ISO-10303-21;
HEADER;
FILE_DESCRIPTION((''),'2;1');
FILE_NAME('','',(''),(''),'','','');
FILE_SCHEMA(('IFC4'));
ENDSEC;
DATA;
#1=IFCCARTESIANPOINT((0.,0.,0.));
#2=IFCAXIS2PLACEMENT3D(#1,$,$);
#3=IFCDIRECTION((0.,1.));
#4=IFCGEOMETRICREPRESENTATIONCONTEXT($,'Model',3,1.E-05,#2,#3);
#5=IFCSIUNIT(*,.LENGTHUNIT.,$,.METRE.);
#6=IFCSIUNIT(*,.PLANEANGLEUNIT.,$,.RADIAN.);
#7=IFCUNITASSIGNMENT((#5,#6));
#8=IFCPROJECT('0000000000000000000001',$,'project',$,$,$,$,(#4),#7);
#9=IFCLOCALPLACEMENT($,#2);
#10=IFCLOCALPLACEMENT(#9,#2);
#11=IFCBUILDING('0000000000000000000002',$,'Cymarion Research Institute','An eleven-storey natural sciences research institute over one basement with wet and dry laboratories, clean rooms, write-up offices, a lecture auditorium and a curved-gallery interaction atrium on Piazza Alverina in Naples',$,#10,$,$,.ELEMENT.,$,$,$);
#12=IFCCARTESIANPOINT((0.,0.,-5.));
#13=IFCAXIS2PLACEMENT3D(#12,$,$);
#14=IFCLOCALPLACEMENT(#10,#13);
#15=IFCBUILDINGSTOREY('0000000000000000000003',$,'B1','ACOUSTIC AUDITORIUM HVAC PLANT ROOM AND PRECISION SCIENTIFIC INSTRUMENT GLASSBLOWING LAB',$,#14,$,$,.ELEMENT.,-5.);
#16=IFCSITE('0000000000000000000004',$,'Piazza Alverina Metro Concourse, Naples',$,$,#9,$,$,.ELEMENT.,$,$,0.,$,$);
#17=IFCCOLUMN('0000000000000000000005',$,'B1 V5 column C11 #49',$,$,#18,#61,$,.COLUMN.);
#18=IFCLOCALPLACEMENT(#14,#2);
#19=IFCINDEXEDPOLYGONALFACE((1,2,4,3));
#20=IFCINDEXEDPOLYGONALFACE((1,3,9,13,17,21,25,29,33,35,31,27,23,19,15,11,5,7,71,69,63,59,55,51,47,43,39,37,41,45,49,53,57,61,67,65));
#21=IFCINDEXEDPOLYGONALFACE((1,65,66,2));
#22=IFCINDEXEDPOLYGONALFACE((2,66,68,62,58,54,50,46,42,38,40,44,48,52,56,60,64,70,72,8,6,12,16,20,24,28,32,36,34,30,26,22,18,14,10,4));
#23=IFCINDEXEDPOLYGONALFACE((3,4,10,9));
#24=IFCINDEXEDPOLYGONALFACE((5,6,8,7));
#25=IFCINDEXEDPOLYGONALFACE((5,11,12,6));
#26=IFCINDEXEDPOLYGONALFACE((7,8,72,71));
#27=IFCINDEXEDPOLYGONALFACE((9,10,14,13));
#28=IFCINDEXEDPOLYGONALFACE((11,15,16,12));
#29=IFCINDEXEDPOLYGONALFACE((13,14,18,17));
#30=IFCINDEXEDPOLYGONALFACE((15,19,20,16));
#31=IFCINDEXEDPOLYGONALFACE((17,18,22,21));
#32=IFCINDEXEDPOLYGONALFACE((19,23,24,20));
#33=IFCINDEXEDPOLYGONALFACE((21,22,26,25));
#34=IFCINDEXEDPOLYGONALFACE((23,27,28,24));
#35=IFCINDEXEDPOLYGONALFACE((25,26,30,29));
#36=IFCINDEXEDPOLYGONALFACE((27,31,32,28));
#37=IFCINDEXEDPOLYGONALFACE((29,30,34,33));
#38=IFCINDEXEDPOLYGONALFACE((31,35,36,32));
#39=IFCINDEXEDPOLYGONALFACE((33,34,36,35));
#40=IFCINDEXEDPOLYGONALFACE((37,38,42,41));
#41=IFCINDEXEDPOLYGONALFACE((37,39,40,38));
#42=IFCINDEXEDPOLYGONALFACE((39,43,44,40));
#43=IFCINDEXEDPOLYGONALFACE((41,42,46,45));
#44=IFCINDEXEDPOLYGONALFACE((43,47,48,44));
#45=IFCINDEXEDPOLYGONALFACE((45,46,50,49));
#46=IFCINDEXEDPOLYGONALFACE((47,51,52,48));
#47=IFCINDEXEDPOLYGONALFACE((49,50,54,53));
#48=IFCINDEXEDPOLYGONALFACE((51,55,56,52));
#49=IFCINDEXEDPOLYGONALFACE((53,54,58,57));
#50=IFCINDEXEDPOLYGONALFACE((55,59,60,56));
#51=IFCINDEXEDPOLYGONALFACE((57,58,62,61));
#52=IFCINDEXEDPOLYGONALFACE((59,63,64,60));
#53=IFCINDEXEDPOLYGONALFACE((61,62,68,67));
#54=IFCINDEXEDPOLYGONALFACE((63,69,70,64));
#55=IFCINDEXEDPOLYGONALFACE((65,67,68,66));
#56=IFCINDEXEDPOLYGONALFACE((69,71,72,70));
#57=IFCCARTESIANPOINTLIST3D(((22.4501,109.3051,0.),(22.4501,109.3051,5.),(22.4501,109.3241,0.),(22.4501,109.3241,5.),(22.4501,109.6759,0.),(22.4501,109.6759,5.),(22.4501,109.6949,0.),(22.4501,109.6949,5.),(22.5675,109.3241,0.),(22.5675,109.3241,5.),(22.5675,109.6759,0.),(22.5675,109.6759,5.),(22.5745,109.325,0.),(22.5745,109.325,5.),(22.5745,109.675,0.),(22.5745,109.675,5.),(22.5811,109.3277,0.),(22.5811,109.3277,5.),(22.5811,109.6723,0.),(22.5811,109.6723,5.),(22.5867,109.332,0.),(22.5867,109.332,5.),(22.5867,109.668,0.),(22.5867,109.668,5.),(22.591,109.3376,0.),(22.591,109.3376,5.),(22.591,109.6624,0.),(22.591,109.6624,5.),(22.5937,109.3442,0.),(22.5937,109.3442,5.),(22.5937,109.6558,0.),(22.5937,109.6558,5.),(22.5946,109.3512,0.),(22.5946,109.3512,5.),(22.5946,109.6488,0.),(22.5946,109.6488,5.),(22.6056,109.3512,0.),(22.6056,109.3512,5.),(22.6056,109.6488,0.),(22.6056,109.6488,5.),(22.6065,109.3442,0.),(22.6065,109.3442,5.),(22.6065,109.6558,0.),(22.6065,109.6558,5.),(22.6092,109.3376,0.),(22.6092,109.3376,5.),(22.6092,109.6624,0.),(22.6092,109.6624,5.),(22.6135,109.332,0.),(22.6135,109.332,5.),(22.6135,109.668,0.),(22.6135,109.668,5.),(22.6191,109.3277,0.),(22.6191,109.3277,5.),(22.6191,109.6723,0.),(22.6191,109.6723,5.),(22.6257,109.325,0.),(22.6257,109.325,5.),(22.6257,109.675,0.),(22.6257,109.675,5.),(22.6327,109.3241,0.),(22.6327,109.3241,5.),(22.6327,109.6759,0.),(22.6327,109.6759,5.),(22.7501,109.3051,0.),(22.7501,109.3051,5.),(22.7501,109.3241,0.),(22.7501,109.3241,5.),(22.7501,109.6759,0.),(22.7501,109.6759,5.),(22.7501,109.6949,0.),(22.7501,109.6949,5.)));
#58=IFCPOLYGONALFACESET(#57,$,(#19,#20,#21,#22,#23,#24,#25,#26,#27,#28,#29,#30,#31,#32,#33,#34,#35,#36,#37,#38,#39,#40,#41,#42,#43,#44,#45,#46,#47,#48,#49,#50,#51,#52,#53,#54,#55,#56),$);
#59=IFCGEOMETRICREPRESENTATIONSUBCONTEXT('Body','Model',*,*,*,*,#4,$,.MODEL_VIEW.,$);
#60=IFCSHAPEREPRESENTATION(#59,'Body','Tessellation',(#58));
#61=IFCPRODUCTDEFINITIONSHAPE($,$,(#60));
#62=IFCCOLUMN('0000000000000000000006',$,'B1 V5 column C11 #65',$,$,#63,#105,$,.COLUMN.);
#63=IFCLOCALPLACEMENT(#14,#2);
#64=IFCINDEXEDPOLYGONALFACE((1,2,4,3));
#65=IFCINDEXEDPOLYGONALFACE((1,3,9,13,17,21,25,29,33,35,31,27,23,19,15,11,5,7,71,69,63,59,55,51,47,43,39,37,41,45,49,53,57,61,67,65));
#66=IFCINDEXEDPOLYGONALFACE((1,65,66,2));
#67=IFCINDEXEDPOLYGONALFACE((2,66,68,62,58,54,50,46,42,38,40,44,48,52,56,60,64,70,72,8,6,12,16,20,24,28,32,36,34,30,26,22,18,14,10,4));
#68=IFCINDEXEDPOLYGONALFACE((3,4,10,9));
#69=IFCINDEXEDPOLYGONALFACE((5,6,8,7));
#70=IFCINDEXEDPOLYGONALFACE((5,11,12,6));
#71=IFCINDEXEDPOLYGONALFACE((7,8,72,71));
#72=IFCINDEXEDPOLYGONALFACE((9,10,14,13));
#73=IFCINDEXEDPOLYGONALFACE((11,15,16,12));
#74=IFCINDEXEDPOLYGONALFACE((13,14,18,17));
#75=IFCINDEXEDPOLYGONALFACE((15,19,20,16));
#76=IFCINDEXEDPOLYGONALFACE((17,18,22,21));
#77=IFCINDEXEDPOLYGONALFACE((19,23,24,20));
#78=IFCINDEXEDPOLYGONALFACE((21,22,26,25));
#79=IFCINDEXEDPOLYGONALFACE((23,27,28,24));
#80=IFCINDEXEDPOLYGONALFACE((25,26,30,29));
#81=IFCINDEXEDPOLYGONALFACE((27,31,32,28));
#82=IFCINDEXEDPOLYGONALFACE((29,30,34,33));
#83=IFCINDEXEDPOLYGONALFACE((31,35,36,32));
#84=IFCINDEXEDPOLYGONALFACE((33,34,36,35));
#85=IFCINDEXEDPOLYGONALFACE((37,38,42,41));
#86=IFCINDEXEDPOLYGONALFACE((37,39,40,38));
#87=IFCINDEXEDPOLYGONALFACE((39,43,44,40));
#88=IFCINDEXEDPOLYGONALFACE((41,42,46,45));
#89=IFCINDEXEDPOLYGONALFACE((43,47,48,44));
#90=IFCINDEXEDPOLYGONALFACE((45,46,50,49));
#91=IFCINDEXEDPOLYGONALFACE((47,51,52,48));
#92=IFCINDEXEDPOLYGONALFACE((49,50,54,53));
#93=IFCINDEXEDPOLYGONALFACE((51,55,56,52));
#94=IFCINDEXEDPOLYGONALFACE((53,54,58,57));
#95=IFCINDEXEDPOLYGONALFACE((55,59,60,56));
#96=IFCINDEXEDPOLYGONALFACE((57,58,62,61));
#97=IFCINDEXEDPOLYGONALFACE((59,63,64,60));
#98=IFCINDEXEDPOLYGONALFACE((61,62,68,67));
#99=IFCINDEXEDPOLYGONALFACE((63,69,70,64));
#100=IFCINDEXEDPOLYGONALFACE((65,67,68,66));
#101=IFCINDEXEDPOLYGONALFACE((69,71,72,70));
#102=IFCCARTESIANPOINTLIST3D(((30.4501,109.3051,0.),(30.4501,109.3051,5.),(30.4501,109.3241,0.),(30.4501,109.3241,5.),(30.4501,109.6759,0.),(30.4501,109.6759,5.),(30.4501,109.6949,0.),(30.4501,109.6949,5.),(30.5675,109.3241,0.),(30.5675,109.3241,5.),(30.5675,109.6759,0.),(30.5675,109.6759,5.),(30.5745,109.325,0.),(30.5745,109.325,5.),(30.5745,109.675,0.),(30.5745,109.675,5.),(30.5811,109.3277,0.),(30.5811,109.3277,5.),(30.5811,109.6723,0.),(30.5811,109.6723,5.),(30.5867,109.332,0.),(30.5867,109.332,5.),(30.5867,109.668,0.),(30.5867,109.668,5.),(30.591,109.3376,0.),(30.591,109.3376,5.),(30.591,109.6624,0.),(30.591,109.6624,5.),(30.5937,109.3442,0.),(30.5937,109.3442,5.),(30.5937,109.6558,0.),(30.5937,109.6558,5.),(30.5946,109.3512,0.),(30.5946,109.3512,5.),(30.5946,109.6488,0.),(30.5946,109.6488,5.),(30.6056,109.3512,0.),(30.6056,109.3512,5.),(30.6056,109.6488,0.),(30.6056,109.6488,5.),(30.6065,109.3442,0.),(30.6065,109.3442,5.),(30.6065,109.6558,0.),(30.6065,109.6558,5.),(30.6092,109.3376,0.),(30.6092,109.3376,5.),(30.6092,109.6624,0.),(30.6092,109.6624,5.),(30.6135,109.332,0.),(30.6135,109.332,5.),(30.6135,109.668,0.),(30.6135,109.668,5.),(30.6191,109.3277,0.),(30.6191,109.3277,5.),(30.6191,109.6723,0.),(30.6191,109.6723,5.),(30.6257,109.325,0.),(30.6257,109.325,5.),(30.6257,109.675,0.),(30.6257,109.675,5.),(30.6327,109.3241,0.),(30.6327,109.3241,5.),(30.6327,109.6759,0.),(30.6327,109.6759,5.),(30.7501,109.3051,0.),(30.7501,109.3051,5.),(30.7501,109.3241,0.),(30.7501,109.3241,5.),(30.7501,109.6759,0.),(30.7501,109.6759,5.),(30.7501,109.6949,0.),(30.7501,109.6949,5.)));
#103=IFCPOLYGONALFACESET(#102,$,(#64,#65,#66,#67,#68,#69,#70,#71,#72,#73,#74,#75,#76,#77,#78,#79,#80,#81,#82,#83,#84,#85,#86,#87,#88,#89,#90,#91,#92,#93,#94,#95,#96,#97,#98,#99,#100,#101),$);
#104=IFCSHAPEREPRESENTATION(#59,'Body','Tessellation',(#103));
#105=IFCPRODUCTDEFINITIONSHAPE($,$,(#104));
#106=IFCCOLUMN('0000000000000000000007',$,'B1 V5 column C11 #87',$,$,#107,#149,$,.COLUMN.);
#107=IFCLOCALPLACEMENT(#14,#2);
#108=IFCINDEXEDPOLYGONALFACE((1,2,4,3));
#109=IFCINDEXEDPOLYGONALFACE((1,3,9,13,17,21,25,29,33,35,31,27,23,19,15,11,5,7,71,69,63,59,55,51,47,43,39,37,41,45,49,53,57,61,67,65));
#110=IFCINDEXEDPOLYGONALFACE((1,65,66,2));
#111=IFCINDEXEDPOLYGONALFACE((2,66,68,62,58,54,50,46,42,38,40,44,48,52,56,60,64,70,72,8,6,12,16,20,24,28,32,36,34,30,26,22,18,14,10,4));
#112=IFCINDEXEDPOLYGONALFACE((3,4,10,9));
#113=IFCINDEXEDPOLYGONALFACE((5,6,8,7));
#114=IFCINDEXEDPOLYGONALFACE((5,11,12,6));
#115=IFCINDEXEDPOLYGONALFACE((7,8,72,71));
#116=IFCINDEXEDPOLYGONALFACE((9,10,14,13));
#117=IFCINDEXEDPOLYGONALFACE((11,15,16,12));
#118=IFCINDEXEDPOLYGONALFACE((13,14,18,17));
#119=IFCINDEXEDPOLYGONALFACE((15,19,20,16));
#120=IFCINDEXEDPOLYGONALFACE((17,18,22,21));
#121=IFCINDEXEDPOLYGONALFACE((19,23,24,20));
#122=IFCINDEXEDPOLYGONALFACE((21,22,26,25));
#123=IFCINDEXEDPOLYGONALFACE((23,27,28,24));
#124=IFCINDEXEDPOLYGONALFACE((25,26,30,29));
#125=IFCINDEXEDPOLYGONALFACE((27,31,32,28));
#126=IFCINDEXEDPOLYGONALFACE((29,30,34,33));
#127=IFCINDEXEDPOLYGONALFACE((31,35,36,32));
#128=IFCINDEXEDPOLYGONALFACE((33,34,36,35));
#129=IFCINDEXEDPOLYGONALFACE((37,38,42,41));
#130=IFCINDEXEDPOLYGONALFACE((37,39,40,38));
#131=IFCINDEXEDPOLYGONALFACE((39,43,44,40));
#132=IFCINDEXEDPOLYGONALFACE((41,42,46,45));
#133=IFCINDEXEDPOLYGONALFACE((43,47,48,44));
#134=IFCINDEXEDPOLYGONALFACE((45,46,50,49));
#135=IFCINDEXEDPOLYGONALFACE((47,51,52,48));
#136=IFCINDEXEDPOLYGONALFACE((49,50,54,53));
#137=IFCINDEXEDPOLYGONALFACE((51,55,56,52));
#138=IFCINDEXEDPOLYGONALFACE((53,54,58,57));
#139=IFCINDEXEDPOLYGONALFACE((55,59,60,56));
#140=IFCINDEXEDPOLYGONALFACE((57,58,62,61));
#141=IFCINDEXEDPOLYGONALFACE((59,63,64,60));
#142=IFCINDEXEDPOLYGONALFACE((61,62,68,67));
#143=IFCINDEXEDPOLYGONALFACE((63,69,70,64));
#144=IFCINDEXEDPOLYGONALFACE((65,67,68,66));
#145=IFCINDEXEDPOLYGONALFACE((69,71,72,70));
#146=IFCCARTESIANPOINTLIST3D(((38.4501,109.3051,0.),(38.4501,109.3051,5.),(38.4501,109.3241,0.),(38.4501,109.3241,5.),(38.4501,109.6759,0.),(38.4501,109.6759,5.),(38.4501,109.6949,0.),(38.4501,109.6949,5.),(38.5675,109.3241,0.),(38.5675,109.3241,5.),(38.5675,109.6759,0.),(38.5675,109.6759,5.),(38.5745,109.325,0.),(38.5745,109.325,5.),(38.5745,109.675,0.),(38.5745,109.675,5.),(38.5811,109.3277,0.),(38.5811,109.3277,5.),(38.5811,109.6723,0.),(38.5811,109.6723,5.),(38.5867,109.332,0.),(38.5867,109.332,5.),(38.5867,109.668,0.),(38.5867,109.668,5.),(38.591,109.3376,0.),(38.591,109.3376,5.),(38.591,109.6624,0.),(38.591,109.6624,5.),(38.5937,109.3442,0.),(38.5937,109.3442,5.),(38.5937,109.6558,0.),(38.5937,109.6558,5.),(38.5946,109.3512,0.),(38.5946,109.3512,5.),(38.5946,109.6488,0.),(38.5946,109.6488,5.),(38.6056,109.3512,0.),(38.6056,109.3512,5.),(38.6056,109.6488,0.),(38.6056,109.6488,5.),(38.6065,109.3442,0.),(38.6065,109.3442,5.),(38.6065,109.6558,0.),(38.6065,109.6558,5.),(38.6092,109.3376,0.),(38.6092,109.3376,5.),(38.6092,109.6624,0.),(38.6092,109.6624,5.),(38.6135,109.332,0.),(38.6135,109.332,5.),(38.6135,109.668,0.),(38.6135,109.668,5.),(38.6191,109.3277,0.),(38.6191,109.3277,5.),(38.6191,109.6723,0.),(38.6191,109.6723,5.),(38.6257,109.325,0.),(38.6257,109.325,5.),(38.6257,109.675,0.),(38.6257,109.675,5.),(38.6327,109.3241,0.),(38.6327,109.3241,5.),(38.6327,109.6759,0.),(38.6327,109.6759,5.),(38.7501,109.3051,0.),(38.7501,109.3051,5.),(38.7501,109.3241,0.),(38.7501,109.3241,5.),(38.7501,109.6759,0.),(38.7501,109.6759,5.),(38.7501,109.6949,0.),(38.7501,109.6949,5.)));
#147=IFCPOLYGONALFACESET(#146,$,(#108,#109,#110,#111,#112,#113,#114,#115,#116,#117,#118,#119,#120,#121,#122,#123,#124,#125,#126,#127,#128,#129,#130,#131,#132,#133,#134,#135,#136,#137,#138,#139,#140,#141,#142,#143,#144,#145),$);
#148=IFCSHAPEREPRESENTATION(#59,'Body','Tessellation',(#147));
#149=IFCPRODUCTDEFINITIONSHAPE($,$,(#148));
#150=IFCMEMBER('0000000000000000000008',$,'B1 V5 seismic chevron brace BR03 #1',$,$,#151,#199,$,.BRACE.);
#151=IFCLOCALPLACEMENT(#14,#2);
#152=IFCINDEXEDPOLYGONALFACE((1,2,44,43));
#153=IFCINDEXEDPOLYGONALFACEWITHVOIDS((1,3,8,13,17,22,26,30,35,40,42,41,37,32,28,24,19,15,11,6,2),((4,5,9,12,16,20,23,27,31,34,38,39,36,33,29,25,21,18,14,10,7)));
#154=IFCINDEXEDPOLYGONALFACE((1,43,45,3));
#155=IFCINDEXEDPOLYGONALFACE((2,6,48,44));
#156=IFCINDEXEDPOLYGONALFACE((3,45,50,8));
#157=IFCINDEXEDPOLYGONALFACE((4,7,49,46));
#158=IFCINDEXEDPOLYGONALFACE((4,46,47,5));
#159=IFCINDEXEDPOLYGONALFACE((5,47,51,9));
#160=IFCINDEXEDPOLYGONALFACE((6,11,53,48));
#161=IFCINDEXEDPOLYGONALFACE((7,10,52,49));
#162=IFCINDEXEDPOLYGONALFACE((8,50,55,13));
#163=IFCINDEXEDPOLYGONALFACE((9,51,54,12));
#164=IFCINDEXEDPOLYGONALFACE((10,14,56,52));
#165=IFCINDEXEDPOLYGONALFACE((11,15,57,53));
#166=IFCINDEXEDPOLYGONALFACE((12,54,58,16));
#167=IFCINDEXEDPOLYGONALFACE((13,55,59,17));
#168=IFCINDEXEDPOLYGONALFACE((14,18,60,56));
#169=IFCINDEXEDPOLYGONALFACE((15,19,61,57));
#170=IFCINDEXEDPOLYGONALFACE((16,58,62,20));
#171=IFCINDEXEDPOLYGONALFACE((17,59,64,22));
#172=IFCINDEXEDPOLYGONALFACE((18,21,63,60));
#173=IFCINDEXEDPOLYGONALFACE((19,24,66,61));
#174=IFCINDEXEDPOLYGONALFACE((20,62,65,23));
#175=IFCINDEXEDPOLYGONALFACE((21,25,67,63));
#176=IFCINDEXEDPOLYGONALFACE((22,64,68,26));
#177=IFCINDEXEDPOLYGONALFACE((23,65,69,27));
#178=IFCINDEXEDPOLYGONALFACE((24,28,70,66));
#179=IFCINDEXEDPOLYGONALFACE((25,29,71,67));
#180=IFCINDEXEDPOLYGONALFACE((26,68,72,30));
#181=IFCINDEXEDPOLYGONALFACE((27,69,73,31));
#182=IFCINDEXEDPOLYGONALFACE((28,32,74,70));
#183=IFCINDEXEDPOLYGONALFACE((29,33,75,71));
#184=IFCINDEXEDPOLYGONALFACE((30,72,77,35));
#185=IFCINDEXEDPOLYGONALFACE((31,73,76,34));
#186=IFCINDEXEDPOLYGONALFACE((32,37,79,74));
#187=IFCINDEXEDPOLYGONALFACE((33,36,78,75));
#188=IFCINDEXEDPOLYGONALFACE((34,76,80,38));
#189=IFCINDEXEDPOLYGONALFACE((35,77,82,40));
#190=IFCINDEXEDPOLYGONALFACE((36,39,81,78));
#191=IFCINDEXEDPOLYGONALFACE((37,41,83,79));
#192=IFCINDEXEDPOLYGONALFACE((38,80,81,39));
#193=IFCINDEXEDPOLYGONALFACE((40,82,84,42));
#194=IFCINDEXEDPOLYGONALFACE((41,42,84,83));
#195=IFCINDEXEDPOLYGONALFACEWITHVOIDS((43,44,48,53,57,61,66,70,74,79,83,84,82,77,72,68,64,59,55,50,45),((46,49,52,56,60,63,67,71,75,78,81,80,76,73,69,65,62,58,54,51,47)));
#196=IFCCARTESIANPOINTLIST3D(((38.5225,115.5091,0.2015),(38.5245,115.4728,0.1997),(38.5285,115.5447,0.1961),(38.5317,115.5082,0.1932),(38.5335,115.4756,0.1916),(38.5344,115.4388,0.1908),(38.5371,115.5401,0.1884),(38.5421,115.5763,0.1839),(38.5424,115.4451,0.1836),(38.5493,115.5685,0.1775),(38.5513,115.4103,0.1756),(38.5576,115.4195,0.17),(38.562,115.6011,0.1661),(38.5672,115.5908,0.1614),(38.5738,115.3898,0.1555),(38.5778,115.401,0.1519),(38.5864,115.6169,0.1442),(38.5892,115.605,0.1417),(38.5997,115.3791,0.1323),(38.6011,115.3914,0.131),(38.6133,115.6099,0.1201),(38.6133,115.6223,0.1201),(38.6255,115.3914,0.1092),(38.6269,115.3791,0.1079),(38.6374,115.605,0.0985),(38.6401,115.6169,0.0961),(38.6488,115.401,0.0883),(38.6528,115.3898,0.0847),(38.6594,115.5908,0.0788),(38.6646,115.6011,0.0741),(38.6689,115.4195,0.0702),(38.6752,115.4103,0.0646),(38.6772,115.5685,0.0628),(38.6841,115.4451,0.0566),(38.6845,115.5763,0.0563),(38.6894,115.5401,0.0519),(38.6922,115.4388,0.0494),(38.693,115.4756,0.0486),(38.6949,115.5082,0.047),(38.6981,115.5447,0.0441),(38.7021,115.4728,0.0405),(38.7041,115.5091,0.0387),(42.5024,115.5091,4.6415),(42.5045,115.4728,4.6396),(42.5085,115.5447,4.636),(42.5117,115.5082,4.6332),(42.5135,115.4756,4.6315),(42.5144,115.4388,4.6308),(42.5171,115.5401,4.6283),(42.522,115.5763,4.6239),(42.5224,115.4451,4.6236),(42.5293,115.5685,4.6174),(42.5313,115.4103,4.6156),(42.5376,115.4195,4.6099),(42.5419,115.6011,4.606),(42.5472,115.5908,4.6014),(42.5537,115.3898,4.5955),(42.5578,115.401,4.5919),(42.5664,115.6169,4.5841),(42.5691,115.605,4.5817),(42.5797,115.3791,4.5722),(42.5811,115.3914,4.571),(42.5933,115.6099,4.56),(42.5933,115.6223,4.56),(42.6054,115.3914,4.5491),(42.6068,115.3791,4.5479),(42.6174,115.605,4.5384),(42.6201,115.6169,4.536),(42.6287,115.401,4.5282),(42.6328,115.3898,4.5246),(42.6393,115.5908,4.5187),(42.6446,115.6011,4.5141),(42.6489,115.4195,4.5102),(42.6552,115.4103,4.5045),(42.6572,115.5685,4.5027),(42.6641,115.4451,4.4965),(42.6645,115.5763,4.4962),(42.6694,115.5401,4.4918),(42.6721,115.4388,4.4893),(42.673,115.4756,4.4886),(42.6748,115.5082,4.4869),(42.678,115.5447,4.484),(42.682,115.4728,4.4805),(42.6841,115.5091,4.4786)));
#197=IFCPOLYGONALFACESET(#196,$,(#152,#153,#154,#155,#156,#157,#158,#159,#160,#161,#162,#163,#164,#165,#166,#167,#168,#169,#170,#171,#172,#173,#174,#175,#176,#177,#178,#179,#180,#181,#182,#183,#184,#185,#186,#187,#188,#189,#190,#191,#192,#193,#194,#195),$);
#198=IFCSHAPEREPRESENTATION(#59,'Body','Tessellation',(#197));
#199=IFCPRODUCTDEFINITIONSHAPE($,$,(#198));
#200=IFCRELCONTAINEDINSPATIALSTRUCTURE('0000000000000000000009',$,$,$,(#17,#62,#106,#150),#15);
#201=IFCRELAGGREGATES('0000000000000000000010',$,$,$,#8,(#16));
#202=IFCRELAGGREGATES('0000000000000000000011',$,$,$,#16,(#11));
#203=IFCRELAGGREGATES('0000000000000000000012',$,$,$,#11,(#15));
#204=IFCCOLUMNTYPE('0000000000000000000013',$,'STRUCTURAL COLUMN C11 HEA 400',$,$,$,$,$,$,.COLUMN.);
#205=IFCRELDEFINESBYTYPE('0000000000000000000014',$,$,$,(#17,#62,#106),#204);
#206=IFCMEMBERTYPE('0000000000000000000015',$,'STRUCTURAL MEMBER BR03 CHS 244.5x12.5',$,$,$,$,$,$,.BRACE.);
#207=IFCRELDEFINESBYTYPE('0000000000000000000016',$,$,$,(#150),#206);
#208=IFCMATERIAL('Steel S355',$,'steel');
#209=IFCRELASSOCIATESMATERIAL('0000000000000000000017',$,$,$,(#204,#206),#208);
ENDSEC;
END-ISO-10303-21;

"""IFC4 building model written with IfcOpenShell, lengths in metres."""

from ifc_helpers import new_model, si_unit, direction, frame, origin, origin_2d, place, context, subcontext, project, spatial, hollow_circle, i_section, extrude, material, material_profile, profile_set, type_object, element, save


model = new_model("IFC4")

# Units and contexts
model_context = context("Model", 3, precision=1e-05, world=origin(), true_north=direction((0.0, 1.0)))
body_context = subcontext(model_context, "Body", "Model", "MODEL_VIEW")
ifc_project = project(units=[si_unit("LENGTHUNIT", "METRE"), si_unit("PLANEANGLEUNIT", "RADIAN")], contexts=[model_context])

# Site, building, storey
site_placement = place(None, origin())
site = spatial("IfcSite", under=ifc_project, at=site_placement, Name="Piazza Alverina Metro Concourse, Naples", CompositionType="ELEMENT", RefElevation=0.0)
building_placement = place(site_placement, origin())
building = spatial("IfcBuilding", under=site, at=building_placement, Name="Cymarion Research Institute", Description="An eleven-storey natural sciences research institute over one basement with wet and dry laboratories, clean rooms, write-up offices, a lecture auditorium and a curved-gallery interaction atrium on Piazza Alverina in Naples", CompositionType="ELEMENT")
storey_placement = place(building_placement, frame((0.0, 0.0, -5.0)))
storey = spatial("IfcBuildingStorey", under=building, at=storey_placement, Name="B1", Description="ACOUSTIC AUDITORIUM HVAC PLANT ROOM AND PRECISION SCIENTIFIC INSTRUMENT GLASSBLOWING LAB", CompositionType="ELEMENT", Elevation=-5.0)

# Columns
ifc_material_1 = material(Name="Steel S355", Category="steel")
ifc_material_profile_1 = material_profile(ifc_material_1, i_section(OverallWidth=0.3, OverallDepth=0.3899, WebThickness=0.011, FlangeThickness=0.019, FilletRadius=0.0271, at=origin_2d()), Name="HEA 400")
ifc_profile_set_1 = profile_set([ifc_material_profile_1], Name="Steel S355")
column_type_1 = type_object("IfcColumnType", Name="STRUCTURAL COLUMN C11 HEA 400", PredefinedType="COLUMN", material=ifc_profile_set_1)
for number, where, z_axis, x_axis, name in (
    (1, (22.6001, 109.5, 0.0), (0.0, 0.0, 1.0), (1.0, 0.0, 0.0), "B1 V5 column C11 #49"),
    (2, (30.6001, 109.5, 0.0), (0.0, 0.0, 1.0), (1.0, 0.0, 0.0), "B1 V5 column C11 #65"),
    (3, (38.6001, 109.5, 0.0), (0.0, 0.0, 1.0), (1.0, 0.0, 0.0), "B1 V5 column C11 #87"),
):
    element("IfcColumn", number, at=place(storey_placement, frame(where, z_axis=z_axis, x_axis=x_axis)), inside=storey, type_object=column_type_1, Name=name, PredefinedType="COLUMN", context=body_context, shape_type="SweptSolid", body=[
        extrude(i_section(OverallWidth=0.3, OverallDepth=0.3899, WebThickness=0.011, FlangeThickness=0.019, FilletRadius=0.0271, at=origin_2d()), origin(), (0.0, 0.0, 1.0), 5.0),
    ])

# Member
ifc_material_profile_2 = material_profile(ifc_material_1, hollow_circle(Radius=0.1223, WallThickness=0.0125, at=origin_2d()), Name="CHS 244.5x12.5")
ifc_profile_set_2 = profile_set([ifc_material_profile_2], Name="Steel S355")
member_type = type_object("IfcMemberType", Name="STRUCTURAL MEMBER BR03 CHS 244.5x12.5", PredefinedType="BRACE", material=ifc_profile_set_2)
member_placement = place(storey_placement, frame((38.6133, 115.5, 0.1201), z_axis=(0.667484, 0.0, 0.744624), x_axis=(0.0, 1.0, 0.0)))
element("IfcMember", 4, at=member_placement, inside=storey, type_object=member_type, Name="B1 V5 seismic chevron brace BR03 #1", PredefinedType="BRACE", context=body_context, shape_type="SweptSolid", body=[
    extrude(hollow_circle(Radius=0.1223, WallThickness=0.0125, at=origin_2d()), origin(), (0.0, 0.0, 1.0), 5.9626),
])

save(model, "model.ifc")
